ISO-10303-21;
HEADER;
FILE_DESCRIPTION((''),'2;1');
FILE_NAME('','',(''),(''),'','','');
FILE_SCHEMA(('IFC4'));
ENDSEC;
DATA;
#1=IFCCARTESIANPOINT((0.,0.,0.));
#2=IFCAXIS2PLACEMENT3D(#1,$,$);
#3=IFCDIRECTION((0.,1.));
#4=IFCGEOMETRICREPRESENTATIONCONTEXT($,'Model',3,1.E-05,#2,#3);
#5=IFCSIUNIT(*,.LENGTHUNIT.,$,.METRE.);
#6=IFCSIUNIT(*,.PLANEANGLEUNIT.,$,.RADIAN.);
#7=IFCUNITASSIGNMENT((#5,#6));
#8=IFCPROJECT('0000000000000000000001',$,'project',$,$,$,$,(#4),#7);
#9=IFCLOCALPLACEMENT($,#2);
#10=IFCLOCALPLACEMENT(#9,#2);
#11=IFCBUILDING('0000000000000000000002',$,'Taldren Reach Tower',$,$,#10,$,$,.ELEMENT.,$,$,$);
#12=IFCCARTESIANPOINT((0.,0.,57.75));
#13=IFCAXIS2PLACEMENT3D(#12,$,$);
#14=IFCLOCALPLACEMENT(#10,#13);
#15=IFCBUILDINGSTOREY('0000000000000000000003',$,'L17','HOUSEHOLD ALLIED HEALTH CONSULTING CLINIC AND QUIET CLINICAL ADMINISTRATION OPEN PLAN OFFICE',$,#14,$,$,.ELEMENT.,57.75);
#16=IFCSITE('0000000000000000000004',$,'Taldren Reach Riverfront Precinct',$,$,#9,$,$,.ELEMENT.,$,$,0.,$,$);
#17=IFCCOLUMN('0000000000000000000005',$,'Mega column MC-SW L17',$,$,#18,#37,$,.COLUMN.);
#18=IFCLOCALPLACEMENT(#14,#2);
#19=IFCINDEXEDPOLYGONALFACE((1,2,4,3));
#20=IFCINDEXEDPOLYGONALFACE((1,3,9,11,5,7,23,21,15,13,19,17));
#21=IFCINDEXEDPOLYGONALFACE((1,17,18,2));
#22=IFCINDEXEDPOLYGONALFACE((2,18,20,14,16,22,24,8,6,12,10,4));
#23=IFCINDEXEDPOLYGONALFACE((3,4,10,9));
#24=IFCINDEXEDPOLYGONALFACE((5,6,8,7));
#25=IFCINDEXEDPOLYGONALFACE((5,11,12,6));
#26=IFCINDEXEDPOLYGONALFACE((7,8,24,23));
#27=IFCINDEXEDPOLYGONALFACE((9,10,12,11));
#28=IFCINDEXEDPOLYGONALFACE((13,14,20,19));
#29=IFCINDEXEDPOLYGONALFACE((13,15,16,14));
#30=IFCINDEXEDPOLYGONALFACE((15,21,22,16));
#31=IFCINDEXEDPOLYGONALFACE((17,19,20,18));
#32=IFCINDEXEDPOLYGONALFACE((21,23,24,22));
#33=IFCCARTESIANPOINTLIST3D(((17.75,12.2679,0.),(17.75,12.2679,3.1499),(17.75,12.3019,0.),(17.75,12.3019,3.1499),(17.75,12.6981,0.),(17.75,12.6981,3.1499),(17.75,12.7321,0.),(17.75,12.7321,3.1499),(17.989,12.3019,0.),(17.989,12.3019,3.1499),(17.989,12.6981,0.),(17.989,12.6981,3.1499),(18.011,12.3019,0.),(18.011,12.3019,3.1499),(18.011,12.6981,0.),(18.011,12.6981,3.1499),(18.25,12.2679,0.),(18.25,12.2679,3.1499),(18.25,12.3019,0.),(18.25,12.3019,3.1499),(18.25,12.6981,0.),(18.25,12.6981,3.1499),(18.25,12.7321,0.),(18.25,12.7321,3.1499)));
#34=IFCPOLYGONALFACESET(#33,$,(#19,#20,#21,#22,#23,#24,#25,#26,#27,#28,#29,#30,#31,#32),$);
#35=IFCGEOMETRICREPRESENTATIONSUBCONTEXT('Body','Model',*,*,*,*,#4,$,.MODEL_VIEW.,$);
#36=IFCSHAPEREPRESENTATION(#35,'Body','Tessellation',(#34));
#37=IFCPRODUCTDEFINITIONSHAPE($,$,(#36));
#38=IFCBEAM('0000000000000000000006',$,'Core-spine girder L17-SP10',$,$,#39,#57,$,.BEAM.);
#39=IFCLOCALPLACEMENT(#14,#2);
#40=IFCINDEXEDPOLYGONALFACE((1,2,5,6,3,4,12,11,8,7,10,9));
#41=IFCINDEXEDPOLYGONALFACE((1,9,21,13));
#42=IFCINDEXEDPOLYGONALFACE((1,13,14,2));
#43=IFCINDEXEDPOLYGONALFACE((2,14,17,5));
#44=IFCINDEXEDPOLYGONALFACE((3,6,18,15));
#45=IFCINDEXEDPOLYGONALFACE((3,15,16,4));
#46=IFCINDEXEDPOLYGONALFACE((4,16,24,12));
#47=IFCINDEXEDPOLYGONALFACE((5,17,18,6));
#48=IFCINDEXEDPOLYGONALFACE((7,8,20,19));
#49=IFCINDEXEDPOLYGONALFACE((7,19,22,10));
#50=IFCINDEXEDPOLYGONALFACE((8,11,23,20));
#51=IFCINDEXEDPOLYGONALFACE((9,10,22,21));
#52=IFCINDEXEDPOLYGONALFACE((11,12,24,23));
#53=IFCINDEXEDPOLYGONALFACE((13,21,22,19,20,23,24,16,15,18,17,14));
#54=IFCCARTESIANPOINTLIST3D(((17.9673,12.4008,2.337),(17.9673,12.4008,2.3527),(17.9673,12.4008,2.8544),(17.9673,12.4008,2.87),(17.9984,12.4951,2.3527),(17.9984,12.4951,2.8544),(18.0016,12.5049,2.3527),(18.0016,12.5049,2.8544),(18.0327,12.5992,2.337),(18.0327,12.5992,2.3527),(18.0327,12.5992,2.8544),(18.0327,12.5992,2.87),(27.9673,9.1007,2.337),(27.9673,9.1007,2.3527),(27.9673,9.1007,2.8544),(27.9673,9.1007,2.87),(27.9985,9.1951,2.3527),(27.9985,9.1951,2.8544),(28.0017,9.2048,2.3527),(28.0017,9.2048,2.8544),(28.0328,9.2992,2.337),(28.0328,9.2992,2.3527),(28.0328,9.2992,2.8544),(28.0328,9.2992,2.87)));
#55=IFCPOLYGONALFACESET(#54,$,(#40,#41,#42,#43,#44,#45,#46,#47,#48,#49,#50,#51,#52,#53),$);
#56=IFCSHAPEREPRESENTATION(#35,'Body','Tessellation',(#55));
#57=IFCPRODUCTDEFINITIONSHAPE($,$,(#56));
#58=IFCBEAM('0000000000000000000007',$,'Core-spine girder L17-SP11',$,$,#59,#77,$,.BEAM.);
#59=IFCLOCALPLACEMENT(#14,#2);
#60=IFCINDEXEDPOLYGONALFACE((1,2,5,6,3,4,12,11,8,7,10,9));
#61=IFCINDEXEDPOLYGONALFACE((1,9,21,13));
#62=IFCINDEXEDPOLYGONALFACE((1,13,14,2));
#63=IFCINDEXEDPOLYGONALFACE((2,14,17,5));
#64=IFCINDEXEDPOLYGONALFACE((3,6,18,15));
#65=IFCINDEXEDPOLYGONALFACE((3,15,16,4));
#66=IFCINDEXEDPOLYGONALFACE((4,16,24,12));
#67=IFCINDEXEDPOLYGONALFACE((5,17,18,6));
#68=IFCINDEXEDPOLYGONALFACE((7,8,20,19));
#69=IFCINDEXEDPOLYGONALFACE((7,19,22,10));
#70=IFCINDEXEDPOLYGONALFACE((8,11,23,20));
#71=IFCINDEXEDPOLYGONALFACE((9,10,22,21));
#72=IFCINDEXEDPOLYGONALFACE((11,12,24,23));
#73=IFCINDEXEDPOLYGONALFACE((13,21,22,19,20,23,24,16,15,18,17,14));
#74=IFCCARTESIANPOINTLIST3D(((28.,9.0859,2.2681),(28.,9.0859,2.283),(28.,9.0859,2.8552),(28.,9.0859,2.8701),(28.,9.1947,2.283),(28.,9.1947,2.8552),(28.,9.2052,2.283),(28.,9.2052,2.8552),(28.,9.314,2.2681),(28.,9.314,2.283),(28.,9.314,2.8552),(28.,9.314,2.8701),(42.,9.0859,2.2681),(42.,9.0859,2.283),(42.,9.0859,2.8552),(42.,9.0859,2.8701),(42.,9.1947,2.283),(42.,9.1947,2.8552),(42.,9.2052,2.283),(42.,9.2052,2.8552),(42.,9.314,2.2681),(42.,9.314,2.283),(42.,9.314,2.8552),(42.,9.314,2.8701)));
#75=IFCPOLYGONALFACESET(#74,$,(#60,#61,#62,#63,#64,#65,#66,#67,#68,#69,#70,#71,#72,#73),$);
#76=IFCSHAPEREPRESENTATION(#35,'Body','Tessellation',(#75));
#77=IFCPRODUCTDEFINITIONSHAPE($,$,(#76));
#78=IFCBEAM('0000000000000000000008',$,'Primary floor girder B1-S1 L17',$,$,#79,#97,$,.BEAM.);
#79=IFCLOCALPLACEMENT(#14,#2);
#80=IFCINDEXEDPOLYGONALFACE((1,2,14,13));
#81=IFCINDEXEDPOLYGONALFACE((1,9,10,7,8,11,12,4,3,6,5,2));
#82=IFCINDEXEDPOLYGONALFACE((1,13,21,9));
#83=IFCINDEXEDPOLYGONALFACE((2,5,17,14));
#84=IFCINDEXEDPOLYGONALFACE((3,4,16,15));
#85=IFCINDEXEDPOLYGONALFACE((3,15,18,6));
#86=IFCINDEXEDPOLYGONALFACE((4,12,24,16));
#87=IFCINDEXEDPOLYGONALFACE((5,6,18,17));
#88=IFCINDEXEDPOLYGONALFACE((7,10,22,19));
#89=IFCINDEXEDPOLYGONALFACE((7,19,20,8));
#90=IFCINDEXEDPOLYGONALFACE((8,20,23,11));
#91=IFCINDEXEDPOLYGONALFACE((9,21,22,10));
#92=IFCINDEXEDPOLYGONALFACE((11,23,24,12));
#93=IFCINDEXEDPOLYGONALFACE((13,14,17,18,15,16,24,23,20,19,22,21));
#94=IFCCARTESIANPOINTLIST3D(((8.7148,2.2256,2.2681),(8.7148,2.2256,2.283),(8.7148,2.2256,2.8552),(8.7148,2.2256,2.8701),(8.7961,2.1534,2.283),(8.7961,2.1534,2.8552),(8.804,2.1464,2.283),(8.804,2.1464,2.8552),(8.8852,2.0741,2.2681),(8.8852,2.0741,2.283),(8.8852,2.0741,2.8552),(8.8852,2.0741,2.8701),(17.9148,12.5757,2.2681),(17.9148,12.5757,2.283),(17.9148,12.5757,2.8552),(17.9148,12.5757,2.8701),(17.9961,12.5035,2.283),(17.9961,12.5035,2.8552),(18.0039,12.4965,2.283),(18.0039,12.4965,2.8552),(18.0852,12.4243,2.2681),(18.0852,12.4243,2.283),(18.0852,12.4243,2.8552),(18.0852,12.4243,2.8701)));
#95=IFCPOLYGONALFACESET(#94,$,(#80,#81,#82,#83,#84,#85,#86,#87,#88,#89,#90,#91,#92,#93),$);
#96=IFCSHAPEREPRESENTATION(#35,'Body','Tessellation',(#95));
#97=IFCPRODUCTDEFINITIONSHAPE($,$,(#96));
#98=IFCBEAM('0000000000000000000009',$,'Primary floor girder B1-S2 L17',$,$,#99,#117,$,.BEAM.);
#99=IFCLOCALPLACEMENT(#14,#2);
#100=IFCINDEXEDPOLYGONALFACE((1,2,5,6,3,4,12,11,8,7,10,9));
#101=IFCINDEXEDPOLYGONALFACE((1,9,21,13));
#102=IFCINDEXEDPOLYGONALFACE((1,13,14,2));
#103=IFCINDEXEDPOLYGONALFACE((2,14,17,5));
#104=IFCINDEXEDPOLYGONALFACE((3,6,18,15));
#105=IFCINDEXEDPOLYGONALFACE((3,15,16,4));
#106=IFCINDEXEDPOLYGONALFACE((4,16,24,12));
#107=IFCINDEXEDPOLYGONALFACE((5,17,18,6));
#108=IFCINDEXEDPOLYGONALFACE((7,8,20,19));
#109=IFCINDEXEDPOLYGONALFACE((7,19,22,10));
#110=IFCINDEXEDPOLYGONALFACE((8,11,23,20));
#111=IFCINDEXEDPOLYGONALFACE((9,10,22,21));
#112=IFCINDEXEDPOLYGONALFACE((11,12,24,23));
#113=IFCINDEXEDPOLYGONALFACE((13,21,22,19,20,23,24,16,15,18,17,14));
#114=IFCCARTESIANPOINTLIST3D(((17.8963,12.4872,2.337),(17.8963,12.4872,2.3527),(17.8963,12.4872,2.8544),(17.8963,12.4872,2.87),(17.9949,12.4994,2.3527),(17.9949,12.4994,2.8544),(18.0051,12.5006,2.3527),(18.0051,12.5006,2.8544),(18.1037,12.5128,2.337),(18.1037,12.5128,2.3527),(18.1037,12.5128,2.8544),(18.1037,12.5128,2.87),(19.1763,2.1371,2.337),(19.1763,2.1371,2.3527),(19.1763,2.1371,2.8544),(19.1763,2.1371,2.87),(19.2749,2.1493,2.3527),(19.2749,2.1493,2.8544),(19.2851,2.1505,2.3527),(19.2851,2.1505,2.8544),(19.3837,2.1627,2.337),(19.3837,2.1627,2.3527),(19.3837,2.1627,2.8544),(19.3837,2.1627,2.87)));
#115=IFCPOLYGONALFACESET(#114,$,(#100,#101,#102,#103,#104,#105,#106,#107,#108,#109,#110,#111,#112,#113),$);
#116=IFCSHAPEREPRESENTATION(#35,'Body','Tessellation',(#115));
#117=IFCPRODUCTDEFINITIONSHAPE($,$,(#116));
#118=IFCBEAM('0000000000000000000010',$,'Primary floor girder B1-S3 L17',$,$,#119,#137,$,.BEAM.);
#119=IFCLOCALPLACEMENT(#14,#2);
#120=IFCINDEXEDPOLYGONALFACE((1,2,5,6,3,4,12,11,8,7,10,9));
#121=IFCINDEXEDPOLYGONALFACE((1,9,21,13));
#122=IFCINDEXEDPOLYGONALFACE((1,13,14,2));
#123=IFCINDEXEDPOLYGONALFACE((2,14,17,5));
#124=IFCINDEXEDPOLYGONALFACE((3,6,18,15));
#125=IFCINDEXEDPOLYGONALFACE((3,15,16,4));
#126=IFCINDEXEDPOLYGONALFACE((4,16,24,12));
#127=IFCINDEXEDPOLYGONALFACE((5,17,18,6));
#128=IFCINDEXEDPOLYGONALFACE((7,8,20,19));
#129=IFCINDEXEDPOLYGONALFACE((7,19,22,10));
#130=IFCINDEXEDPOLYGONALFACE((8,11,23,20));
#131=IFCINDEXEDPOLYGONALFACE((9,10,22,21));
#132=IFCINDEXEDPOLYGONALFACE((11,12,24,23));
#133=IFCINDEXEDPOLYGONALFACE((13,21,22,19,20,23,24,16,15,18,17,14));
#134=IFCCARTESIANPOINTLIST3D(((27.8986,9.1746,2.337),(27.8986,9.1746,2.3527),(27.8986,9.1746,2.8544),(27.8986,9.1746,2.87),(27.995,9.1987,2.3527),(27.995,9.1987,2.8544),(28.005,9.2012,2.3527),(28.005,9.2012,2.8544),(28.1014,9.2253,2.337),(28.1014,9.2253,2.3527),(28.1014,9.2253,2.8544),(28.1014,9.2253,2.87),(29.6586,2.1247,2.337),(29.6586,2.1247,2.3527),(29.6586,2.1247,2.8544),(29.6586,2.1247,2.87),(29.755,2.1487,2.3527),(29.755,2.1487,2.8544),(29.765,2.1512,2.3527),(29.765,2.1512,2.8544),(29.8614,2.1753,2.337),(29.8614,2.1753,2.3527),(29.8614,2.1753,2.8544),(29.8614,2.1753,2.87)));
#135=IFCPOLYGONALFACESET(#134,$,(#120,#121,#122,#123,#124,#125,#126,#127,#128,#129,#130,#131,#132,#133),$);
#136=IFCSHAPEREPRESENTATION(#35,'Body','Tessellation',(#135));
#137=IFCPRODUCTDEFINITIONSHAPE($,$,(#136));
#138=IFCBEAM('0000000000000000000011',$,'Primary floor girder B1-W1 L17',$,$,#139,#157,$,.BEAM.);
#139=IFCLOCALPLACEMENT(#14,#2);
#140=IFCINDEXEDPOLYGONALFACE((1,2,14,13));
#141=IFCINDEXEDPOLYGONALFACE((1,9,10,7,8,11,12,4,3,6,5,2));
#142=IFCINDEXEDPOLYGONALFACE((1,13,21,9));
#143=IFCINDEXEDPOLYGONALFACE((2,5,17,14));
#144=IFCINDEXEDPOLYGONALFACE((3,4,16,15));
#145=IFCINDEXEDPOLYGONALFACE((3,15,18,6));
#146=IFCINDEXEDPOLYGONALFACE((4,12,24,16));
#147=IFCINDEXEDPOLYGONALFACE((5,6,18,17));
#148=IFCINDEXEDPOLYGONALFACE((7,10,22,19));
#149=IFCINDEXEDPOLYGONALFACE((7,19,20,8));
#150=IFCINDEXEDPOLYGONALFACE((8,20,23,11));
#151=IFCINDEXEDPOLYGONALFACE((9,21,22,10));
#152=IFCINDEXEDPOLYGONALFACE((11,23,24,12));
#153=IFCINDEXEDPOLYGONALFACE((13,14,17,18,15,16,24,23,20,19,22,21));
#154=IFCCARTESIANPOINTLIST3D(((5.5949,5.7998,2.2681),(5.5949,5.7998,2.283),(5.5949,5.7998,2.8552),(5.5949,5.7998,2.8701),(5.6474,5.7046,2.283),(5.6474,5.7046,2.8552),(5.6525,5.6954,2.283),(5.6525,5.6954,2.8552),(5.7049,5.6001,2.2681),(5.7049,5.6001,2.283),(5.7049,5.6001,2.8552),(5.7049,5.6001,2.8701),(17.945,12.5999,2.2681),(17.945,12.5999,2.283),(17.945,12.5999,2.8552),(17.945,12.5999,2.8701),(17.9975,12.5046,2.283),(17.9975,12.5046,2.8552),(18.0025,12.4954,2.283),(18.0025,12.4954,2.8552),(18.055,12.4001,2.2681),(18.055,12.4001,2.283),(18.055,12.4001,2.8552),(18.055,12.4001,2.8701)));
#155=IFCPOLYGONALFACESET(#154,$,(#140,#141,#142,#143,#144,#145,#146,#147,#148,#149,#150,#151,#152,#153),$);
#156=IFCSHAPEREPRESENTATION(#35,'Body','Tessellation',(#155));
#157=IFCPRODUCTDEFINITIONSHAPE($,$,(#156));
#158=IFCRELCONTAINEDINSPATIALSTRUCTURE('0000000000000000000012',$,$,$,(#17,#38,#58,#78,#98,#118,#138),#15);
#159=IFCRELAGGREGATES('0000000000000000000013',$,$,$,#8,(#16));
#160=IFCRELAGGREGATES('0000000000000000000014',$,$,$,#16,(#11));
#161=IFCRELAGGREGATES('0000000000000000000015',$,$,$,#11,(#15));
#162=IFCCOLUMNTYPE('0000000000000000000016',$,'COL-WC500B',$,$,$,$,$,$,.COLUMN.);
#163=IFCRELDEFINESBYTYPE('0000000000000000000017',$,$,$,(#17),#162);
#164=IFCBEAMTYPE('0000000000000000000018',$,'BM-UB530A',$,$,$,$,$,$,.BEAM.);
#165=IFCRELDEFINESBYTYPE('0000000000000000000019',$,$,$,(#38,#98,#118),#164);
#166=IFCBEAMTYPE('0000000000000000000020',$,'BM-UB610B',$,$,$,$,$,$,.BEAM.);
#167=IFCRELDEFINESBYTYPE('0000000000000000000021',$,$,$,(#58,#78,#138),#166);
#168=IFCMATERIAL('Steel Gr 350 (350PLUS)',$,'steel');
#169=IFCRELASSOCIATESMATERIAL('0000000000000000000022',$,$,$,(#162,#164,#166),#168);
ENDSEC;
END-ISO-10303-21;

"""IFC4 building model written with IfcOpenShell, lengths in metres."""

from ifc_helpers import new_model, si_unit, direction, frame, origin, origin_2d, place, context, subcontext, project, spatial, i_section, extrude, source, transform, mapped, material, material_profile, profile_set, type_object, element, save


model = new_model("IFC4")

# Units and contexts
model_context = context("Model", 3, precision=1e-05, world=origin(), true_north=direction((0.0, 1.0)))
body_context = subcontext(model_context, "Body", "Model", "MODEL_VIEW")
ifc_project = project(units=[si_unit("LENGTHUNIT", "METRE"), si_unit("PLANEANGLEUNIT", "RADIAN")], contexts=[model_context])

# Site, building, storey
site_placement = place(None, origin())
site = spatial("IfcSite", under=ifc_project, at=site_placement, Name="Taldren Reach Riverfront Precinct", CompositionType="ELEMENT", RefElevation=0.0)
building_placement = place(site_placement, origin())
building = spatial("IfcBuilding", under=site, at=building_placement, Name="Taldren Reach Tower", CompositionType="ELEMENT")
storey_placement = place(building_placement, frame((0.0, 0.0, 57.75)))
storey = spatial("IfcBuildingStorey", under=building, at=storey_placement, Name="L17", Description="HOUSEHOLD ALLIED HEALTH CONSULTING CLINIC AND QUIET CLINICAL ADMINISTRATION OPEN PLAN OFFICE", CompositionType="ELEMENT", Elevation=57.75)

# Column
ifc_material_1 = material(Name="Steel Gr 350 (350PLUS)", Category="steel")
ifc_material_profile_1 = material_profile(ifc_material_1, i_section(OverallWidth=0.5, OverallDepth=0.4641, WebThickness=0.022, FlangeThickness=0.0339, at=origin_2d()), Name="500WC340")
ifc_profile_set_1 = profile_set([ifc_material_profile_1], Name="Steel Gr 350 (350PLUS)")
column_type = type_object("IfcColumnType", Name="COL-WC500B", PredefinedType="COLUMN", material=ifc_profile_set_1)
shared_shape_1 = source(origin(), body_context, "Body", "SweptSolid", [
    extrude(i_section(OverallWidth=0.5, OverallDepth=0.4641, WebThickness=0.022, FlangeThickness=0.0339, at=origin_2d()), origin(), (0.0, 0.0, 1.0), 3.1499),
])
column_placement = place(storey_placement, frame((18.0, 12.5, 0.0), z_axis=(0.0, 0.0, 1.0), x_axis=(1.0, 0.0, 0.0)))
element("IfcColumn", 1, at=column_placement, inside=storey, type_object=column_type, Name="Mega column MC-SW L17", PredefinedType="COLUMN", context=body_context, shape_type="MappedRepresentation", body=[
    mapped(shared_shape_1, transform((0.0, 0.0, 0.0), scale=1.0)),
])

# Beams
ifc_material_profile_2 = material_profile(ifc_material_1, i_section(OverallWidth=0.209, OverallDepth=0.533, WebThickness=0.0103, FlangeThickness=0.0156, at=origin_2d()), Name="530UB92.4")
ifc_profile_set_2 = profile_set([ifc_material_profile_2], Name="Steel Gr 350 (350PLUS)")
beam_type_1 = type_object("IfcBeamType", Name="BM-UB530A", PredefinedType="BEAM", material=ifc_profile_set_2)
shared_shape_2 = source(origin(), body_context, "Body", "SweptSolid", [
    extrude(i_section(OverallWidth=0.209, OverallDepth=0.533, WebThickness=0.0103, FlangeThickness=0.0156, at=origin_2d()), origin(), (0.0, 0.0, 1.0), 10.5305),
])
beam_1_placement = place(storey_placement, frame((18.0, 12.5, 2.6035), z_axis=(0.949627, -0.313382, 0.0), x_axis=(0.313382, 0.949627, 0.0)))
element("IfcBeam", 2, at=beam_1_placement, inside=storey, type_object=beam_type_1, Name="Core-spine girder L17-SP10", PredefinedType="BEAM", context=body_context, shape_type="MappedRepresentation", body=[
    mapped(shared_shape_2, transform((0.0, 0.0, 0.0), scale=1.0)),
])
ifc_material_profile_3 = material_profile(ifc_material_1, i_section(OverallWidth=0.228, OverallDepth=0.6021, WebThickness=0.0105, FlangeThickness=0.0149, at=origin_2d()), Name="610UB101")
ifc_profile_set_3 = profile_set([ifc_material_profile_3], Name="Steel Gr 350 (350PLUS)")
beam_type_2 = type_object("IfcBeamType", Name="BM-UB610B", PredefinedType="BEAM", material=ifc_profile_set_3)
shared_shape_3 = source(origin(), body_context, "Body", "SweptSolid", [
    extrude(i_section(OverallWidth=0.228, OverallDepth=0.6021, WebThickness=0.0105, FlangeThickness=0.0149, at=origin_2d()), origin(), (0.0, 0.0, 1.0), 14.0),
])
beam_2_placement = place(storey_placement, frame((28.0, 9.2, 2.5691), z_axis=(1.0, 0.0, 0.0), x_axis=(0.0, 1.0, 0.0)))
element("IfcBeam", 3, at=beam_2_placement, inside=storey, type_object=beam_type_2, Name="Core-spine girder L17-SP11", PredefinedType="BEAM", context=body_context, shape_type="MappedRepresentation", body=[
    mapped(shared_shape_3, transform((0.0, 0.0, 0.0), scale=1.0)),
])
shared_shape_4 = source(origin(), body_context, "Body", "SweptSolid", [
    extrude(i_section(OverallWidth=0.228, OverallDepth=0.6021, WebThickness=0.0105, FlangeThickness=0.0149, at=origin_2d()), origin(), (0.0, 0.0, 1.0), 13.8479),
])
beam_3_placement = place(storey_placement, frame((18.0, 12.5, 2.5691), z_axis=(-0.664358, -0.747414, 0.0), x_axis=(0.747414, -0.664358, 0.0)))
element("IfcBeam", 4, at=beam_3_placement, inside=storey, type_object=beam_type_2, Name="Primary floor girder B1-S1 L17", PredefinedType="BEAM", context=body_context, shape_type="MappedRepresentation", body=[
    mapped(shared_shape_4, transform((0.0, 0.0, 0.0), scale=1.0)),
])
shared_shape_5 = source(origin(), body_context, "Body", "SweptSolid", [
    extrude(i_section(OverallWidth=0.209, OverallDepth=0.533, WebThickness=0.0103, FlangeThickness=0.0156, at=origin_2d()), origin(), (0.0, 0.0, 1.0), 10.429),
])
beam_4_placement = place(storey_placement, frame((18.0, 12.5, 2.6035), z_axis=(0.122738, -0.992439, 0.0), x_axis=(0.992439, 0.122738, 0.0)))
element("IfcBeam", 5, at=beam_4_placement, inside=storey, type_object=beam_type_1, Name="Primary floor girder B1-S2 L17", PredefinedType="BEAM", context=body_context, shape_type="MappedRepresentation", body=[
    mapped(shared_shape_5, transform((0.0, 0.0, 0.0), scale=1.0)),
])
shared_shape_6 = source(origin(), body_context, "Body", "SweptSolid", [
    extrude(i_section(OverallWidth=0.209, OverallDepth=0.533, WebThickness=0.0103, FlangeThickness=0.0156, at=origin_2d()), origin(), (0.0, 0.0, 1.0), 7.2664),
])
beam_5_placement = place(storey_placement, frame((28.0, 9.2, 2.6035), z_axis=(0.242211, -0.970223, 0.0), x_axis=(0.970223, 0.242211, 0.0)))
element("IfcBeam", 6, at=beam_5_placement, inside=storey, type_object=beam_type_1, Name="Primary floor girder B1-S3 L17", PredefinedType="BEAM", context=body_context, shape_type="MappedRepresentation", body=[
    mapped(shared_shape_6, transform((0.0, 0.0, 0.0), scale=1.0)),
])
shared_shape_7 = source(origin(), body_context, "Body", "SweptSolid", [
    extrude(i_section(OverallWidth=0.228, OverallDepth=0.6021, WebThickness=0.0105, FlangeThickness=0.0149, at=origin_2d()), origin(), (0.0, 0.0, 1.0), 14.0984),
])
beam_6_placement = place(storey_placement, frame((18.0, 12.5, 2.5691), z_axis=(-0.875991, -0.482327, 0.0), x_axis=(0.482327, -0.875991, 0.0)))
element("IfcBeam", 7, at=beam_6_placement, inside=storey, type_object=beam_type_2, Name="Primary floor girder B1-W1 L17", PredefinedType="BEAM", context=body_context, shape_type="MappedRepresentation", body=[
    mapped(shared_shape_7, transform((0.0, 0.0, 0.0), scale=1.0)),
])

save(model, "model.ifc")
